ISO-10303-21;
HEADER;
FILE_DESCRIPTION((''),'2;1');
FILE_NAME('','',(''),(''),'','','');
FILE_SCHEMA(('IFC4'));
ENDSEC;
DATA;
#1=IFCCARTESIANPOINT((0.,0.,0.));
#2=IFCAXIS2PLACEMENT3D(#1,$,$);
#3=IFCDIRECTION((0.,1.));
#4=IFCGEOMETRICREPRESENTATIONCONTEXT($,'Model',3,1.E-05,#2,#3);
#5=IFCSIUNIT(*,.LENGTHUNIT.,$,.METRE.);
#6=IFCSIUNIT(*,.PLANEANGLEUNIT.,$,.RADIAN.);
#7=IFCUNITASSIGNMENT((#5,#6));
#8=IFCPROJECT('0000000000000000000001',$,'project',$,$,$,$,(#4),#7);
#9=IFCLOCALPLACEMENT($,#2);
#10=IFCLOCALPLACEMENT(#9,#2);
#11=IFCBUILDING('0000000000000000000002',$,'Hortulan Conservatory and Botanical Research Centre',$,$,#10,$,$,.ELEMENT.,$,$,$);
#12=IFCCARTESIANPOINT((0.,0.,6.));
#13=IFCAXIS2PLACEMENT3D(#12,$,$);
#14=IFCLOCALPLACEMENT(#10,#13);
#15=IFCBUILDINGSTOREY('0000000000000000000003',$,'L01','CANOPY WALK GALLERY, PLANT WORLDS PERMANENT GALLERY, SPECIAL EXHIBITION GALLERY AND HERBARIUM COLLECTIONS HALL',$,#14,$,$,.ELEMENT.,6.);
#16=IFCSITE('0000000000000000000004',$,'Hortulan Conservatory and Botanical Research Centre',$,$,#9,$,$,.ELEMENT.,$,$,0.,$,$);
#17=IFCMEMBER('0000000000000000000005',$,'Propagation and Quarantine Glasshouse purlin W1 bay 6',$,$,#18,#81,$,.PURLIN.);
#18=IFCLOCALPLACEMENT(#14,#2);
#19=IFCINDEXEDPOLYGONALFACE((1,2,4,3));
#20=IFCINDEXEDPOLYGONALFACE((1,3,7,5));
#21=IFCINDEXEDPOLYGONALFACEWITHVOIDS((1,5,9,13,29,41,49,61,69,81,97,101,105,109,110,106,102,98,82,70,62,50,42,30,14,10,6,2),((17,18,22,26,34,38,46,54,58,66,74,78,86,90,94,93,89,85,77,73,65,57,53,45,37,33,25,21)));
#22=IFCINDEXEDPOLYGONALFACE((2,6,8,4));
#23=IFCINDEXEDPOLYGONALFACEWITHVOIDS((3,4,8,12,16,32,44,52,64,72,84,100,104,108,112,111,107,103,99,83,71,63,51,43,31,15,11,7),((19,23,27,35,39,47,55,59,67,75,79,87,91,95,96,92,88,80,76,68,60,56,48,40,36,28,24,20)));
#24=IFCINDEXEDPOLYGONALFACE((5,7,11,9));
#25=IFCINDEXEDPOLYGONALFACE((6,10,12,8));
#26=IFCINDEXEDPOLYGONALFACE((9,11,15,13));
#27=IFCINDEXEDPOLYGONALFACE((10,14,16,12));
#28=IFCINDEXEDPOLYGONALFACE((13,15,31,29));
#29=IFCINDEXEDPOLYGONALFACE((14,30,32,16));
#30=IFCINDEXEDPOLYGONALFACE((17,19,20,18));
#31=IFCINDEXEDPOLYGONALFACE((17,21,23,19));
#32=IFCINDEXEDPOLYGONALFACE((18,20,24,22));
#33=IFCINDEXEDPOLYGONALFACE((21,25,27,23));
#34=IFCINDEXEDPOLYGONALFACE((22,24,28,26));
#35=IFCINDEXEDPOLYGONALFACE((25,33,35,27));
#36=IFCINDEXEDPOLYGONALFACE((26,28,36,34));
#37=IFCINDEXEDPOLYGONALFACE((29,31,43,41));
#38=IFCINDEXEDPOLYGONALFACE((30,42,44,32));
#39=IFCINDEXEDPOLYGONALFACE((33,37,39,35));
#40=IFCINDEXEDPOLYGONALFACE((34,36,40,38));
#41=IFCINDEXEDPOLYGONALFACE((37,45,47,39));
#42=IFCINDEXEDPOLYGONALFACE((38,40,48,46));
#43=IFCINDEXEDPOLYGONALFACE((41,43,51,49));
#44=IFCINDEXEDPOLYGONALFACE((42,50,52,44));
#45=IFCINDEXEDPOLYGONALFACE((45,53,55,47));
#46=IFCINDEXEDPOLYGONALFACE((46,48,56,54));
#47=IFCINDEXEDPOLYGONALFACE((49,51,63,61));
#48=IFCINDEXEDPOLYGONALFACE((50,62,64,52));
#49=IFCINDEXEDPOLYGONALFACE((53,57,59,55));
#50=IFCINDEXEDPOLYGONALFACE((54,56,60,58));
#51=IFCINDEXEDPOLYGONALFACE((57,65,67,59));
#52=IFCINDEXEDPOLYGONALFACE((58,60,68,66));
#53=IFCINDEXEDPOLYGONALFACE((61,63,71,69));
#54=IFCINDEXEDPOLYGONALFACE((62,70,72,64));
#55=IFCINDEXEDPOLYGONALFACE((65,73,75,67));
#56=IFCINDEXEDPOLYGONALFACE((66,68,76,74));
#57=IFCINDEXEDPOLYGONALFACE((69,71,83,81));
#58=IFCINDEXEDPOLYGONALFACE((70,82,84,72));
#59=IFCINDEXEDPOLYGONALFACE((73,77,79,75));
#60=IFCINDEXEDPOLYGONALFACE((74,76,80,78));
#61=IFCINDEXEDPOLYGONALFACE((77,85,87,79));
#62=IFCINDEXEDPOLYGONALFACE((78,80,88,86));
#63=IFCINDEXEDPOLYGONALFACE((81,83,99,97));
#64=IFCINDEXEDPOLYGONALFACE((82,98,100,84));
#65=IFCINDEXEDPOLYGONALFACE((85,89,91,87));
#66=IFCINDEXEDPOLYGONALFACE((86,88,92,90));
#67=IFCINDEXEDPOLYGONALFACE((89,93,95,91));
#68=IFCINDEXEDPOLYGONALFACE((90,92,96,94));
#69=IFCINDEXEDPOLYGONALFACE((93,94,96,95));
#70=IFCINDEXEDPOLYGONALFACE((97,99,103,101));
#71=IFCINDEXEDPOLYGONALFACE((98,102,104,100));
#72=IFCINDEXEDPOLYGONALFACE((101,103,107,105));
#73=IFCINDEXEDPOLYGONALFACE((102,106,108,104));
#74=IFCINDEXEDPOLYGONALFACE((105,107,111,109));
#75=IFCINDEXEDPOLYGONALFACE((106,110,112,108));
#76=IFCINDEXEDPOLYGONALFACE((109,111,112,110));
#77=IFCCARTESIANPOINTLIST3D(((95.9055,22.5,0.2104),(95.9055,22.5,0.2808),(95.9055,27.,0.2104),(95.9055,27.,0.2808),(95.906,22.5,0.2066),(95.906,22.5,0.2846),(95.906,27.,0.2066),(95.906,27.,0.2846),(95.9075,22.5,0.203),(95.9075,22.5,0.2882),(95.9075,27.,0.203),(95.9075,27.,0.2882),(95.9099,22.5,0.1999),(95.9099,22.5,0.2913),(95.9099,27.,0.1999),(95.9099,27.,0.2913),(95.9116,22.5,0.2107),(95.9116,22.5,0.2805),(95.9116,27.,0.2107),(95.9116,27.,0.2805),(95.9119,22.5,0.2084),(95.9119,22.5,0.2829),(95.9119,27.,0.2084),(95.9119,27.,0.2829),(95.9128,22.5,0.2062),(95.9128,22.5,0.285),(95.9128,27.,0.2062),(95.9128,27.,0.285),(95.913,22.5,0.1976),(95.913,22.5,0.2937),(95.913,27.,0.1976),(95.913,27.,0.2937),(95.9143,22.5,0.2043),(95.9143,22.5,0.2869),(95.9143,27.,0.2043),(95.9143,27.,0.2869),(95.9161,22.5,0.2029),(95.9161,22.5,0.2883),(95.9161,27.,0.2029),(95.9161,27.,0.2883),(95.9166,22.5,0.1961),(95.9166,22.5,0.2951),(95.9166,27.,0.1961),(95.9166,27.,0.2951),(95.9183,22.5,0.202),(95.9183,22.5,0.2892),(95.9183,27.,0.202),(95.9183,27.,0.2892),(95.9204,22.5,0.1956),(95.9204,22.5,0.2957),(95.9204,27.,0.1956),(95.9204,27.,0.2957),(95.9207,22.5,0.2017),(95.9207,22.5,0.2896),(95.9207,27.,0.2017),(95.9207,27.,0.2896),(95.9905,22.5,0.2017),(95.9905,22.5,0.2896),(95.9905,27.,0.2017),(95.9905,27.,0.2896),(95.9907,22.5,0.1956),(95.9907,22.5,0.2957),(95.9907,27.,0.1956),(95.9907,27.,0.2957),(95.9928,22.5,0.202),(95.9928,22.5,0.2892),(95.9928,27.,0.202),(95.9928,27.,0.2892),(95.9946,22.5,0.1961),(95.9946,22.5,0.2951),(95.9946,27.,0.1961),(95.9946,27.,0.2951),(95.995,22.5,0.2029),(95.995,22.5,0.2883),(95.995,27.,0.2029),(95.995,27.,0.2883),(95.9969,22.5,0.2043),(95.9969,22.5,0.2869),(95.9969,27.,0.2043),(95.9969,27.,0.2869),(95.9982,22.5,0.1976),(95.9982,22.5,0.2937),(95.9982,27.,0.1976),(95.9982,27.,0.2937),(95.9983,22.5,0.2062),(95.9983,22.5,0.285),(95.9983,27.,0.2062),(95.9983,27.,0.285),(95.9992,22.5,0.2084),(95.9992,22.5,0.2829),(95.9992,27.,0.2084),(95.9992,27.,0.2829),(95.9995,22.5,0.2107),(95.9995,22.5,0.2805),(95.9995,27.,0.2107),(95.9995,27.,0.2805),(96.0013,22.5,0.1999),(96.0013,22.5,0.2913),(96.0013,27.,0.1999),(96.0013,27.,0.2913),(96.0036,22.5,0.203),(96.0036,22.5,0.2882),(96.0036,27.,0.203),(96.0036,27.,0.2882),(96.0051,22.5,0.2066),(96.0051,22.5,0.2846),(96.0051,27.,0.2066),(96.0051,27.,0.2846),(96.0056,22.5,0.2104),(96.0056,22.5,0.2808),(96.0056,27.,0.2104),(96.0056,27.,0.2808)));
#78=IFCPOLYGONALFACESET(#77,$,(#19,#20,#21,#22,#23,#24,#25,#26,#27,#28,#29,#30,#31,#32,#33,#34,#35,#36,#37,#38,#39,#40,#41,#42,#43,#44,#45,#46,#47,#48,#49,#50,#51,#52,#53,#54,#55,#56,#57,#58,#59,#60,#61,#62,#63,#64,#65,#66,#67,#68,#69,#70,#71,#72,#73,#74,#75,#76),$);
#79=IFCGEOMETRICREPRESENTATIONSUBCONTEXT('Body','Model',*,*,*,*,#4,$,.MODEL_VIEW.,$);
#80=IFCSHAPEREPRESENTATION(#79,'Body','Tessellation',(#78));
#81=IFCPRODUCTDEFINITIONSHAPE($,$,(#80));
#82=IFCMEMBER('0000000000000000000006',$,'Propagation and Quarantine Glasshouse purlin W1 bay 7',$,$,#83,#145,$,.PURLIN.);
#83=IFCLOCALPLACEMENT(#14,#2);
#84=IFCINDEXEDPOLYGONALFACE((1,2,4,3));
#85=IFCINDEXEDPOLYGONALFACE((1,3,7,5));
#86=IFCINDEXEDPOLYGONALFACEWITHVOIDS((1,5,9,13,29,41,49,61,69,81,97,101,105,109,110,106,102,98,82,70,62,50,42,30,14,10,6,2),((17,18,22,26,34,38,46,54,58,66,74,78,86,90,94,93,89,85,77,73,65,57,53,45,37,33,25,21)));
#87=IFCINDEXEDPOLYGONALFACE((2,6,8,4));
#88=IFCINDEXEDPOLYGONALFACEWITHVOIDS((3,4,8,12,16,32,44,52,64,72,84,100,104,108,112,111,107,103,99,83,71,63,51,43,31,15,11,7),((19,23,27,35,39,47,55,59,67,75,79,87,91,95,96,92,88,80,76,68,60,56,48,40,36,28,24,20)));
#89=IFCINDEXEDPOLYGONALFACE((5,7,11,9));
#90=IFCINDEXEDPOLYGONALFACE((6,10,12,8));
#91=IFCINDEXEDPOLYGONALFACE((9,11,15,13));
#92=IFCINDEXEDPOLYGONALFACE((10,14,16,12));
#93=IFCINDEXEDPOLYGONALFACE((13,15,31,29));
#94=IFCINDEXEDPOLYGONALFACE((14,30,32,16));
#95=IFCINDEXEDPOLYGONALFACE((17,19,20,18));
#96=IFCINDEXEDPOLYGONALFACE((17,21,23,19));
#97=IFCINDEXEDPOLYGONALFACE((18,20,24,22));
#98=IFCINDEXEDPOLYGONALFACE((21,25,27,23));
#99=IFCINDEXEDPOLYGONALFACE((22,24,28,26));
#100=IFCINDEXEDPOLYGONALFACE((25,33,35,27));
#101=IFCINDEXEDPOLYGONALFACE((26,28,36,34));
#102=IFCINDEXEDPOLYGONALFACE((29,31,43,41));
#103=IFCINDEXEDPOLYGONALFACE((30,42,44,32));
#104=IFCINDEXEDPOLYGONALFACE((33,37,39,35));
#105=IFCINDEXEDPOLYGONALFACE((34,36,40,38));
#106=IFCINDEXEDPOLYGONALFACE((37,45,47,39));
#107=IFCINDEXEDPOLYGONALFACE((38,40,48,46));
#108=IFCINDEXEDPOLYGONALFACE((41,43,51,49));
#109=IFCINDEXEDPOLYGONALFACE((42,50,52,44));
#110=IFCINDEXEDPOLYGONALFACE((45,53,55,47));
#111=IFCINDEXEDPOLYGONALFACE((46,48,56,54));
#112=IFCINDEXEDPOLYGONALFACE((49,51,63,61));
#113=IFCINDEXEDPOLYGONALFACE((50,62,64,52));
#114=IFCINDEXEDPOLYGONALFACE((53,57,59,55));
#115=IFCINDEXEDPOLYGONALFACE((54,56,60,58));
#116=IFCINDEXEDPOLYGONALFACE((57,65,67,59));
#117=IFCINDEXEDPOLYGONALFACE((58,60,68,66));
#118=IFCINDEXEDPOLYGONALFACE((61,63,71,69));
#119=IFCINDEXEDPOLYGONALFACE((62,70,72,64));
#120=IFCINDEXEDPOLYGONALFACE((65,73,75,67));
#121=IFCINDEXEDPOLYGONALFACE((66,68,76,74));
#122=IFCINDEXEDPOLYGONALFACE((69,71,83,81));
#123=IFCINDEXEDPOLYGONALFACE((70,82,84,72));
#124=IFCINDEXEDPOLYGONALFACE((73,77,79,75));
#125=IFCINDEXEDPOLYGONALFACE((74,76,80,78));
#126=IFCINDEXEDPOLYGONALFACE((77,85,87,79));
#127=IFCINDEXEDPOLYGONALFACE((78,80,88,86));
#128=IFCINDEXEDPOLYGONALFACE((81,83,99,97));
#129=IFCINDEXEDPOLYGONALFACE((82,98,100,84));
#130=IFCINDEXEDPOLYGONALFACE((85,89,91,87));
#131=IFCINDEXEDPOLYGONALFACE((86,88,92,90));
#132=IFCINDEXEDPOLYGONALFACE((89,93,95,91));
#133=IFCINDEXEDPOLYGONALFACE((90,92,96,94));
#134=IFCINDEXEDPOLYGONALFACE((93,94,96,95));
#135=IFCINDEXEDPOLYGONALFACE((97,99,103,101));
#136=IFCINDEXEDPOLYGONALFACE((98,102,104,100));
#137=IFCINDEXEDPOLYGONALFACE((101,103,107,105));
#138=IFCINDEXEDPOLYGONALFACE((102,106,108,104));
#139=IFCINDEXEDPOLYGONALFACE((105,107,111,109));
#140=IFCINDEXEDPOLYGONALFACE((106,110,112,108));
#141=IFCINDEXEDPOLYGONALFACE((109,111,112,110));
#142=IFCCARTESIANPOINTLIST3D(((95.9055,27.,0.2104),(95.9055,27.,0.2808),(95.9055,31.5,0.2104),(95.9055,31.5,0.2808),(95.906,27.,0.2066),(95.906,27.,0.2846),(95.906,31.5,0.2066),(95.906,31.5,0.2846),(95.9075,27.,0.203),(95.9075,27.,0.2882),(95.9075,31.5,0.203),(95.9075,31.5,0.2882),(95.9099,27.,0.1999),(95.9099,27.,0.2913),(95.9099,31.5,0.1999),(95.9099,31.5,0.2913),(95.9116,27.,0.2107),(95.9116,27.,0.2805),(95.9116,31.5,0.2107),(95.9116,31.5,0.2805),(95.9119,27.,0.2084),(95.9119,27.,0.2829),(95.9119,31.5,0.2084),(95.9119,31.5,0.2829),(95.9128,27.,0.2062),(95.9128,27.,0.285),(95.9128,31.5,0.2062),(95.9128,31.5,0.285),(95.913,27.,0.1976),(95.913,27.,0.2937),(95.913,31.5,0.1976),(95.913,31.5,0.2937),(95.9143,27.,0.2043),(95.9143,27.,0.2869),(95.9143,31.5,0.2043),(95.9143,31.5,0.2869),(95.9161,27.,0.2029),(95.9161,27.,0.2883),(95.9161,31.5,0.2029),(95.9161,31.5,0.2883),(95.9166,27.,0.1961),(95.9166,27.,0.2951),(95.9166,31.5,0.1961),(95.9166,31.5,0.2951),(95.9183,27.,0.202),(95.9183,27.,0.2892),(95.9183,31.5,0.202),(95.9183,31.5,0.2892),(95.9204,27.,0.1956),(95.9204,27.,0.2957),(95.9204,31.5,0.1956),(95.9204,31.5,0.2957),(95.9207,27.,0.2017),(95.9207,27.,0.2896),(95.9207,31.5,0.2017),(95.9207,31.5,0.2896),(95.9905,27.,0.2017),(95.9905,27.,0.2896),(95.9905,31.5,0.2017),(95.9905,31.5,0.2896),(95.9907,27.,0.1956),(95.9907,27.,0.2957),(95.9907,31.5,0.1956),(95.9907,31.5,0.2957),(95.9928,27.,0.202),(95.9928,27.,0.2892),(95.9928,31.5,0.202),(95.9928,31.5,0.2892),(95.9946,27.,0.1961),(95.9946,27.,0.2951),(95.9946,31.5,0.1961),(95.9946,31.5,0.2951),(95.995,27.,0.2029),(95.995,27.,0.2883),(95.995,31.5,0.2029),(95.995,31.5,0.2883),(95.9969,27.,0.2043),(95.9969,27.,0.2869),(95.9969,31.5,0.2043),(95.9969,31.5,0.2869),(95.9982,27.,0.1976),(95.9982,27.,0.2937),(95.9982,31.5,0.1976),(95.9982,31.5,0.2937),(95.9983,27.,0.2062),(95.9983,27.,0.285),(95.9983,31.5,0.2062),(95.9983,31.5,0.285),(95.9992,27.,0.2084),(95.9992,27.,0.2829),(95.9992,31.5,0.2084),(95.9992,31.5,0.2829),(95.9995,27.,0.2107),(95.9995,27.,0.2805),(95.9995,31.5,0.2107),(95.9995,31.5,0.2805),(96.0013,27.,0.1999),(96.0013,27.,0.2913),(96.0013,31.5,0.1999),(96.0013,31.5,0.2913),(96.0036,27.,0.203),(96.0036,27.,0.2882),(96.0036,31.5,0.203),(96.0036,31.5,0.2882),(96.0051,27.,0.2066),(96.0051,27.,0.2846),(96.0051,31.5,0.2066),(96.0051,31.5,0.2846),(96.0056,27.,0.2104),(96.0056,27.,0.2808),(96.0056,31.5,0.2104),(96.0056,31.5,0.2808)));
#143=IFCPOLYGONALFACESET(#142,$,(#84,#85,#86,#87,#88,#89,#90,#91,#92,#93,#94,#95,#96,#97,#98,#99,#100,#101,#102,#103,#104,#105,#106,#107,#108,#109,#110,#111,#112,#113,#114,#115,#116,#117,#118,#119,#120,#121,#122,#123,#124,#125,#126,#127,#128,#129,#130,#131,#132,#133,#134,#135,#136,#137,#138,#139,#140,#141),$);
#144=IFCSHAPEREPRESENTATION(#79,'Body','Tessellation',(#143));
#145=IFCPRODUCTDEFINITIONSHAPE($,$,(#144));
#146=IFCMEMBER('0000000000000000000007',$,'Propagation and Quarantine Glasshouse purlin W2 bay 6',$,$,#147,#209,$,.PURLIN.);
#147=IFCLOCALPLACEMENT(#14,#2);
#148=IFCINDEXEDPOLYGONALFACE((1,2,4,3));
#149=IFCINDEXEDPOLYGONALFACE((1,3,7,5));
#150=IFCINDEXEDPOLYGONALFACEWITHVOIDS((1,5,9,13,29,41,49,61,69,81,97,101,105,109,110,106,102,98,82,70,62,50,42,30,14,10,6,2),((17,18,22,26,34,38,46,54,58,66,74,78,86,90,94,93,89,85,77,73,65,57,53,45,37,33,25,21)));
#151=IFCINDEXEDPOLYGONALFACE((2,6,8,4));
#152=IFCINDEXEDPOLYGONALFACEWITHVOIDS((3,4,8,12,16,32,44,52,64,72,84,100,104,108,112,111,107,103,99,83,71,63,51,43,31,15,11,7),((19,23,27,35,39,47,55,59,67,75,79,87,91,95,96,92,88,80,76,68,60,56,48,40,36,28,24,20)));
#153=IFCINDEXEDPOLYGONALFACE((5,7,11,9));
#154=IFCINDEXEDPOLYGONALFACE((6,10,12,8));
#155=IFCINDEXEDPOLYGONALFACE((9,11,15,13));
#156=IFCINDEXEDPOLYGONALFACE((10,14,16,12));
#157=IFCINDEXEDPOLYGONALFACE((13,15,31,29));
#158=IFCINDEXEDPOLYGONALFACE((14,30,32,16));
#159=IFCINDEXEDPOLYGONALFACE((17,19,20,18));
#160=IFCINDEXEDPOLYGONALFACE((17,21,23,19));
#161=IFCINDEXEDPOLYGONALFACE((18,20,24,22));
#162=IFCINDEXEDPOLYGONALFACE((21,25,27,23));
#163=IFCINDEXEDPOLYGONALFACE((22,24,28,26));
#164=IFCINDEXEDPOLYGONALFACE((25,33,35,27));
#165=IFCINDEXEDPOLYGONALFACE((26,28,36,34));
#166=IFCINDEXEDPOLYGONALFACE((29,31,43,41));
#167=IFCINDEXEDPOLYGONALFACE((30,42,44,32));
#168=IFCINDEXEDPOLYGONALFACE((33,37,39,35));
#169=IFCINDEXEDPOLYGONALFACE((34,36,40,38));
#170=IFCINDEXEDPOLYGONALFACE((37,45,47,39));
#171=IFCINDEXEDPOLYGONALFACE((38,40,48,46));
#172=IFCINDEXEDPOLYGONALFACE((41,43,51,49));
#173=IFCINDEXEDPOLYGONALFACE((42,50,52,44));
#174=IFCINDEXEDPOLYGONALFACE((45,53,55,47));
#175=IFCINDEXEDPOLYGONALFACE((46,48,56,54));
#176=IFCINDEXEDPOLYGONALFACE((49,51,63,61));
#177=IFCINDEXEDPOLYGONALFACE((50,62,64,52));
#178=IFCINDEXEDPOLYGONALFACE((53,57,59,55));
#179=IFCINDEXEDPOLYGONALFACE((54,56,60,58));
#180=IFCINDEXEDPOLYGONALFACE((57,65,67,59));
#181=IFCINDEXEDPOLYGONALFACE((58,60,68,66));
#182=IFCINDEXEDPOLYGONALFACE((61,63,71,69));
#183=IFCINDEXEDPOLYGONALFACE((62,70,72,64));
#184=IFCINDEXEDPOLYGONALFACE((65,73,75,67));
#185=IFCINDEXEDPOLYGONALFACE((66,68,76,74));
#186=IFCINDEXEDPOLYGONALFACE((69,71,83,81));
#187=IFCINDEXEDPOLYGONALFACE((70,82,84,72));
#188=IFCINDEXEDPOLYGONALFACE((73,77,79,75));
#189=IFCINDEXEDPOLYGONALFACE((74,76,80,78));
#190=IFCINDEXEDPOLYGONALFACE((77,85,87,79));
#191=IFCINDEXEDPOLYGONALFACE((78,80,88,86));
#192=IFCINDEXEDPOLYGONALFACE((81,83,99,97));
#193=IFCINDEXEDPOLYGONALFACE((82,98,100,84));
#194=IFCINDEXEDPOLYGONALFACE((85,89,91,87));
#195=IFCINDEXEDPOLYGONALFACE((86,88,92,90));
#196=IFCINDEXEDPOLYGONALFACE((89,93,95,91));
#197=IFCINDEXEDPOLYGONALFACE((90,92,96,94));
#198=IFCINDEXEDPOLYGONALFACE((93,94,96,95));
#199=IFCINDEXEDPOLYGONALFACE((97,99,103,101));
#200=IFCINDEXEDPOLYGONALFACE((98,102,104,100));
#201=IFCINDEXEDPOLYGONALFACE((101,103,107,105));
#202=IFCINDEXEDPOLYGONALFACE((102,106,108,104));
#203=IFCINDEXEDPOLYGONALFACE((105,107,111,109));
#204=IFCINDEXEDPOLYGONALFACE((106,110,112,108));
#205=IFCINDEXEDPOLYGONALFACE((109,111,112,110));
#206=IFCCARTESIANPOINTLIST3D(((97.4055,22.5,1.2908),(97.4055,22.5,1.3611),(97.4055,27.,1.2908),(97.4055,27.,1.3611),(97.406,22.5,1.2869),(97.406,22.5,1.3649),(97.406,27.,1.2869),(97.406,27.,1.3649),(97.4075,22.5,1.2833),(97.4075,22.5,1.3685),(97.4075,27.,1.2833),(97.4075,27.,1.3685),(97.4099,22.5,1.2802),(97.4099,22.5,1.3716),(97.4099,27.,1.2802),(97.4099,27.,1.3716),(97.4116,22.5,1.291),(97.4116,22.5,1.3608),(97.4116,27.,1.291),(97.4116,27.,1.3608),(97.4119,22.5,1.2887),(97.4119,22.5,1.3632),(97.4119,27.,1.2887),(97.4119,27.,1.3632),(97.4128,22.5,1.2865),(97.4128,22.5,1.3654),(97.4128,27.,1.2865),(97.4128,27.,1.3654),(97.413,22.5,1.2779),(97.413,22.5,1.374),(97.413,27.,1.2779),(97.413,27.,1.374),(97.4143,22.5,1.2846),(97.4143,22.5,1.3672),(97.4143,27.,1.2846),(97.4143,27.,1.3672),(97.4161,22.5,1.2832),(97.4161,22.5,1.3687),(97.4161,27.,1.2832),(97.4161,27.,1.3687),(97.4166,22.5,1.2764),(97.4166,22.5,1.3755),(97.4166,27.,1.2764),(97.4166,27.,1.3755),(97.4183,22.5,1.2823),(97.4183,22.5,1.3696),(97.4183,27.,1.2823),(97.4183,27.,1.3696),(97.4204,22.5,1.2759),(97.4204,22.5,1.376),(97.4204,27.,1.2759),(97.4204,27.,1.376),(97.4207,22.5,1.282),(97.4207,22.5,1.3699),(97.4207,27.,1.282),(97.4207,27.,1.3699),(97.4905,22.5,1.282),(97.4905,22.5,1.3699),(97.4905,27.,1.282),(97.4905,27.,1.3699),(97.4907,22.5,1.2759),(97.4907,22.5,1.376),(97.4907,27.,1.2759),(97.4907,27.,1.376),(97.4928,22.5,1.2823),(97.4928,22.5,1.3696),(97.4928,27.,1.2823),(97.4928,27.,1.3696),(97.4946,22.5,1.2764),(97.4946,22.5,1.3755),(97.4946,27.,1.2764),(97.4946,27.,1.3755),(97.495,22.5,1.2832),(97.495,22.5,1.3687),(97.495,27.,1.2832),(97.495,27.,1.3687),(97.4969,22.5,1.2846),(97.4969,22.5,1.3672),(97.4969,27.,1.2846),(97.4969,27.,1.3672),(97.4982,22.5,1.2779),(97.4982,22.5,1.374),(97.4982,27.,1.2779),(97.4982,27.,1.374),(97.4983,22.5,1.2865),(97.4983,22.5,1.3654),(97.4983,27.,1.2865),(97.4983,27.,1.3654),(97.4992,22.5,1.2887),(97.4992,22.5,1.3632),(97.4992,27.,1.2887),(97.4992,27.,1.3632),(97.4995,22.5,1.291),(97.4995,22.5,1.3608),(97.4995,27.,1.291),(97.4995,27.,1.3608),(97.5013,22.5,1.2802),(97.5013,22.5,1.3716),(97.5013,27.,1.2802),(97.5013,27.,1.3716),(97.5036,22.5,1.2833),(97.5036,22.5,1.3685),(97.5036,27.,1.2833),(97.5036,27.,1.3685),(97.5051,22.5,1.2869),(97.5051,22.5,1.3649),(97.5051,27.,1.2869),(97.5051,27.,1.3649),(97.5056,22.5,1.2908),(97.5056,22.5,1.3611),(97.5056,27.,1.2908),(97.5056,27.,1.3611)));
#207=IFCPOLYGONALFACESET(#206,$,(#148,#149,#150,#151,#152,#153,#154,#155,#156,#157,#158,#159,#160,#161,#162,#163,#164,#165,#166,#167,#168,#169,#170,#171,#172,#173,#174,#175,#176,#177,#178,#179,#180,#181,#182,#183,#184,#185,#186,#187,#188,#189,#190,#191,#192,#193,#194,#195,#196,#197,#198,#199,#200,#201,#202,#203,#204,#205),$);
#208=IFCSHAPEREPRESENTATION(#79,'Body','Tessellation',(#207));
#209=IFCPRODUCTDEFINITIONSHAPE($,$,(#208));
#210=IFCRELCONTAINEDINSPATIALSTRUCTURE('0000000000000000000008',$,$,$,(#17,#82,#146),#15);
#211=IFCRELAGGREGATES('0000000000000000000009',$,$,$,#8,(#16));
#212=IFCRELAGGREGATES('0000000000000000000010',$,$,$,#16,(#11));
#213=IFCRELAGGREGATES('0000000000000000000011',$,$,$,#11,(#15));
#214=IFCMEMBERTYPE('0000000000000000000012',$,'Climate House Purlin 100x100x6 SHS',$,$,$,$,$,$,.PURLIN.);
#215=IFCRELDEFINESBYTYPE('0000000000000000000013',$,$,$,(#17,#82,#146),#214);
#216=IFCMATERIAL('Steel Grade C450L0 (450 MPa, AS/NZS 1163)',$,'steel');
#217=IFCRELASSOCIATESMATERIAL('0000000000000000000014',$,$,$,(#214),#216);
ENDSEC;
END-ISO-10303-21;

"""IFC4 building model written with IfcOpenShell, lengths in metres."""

from ifc_helpers import new_model, si_unit, direction, frame, origin, origin_2d, place, context, subcontext, project, spatial, hollow_rectangle, extrude, material, material_profile, profile_set, type_object, element, save


model = new_model("IFC4")

# Units and contexts
model_context = context("Model", 3, precision=1e-05, world=origin(), true_north=direction((0.0, 1.0)))
body_context = subcontext(model_context, "Body", "Model", "MODEL_VIEW")
ifc_project = project(units=[si_unit("LENGTHUNIT", "METRE"), si_unit("PLANEANGLEUNIT", "RADIAN")], contexts=[model_context])

# Site, building, storey
site_placement = place(None, origin())
site = spatial("IfcSite", under=ifc_project, at=site_placement, Name="Hortulan Conservatory and Botanical Research Centre", CompositionType="ELEMENT", RefElevation=0.0)
building_placement = place(site_placement, origin())
building = spatial("IfcBuilding", under=site, at=building_placement, Name="Hortulan Conservatory and Botanical Research Centre", CompositionType="ELEMENT")
storey_placement = place(building_placement, frame((0.0, 0.0, 6.0)))
storey = spatial("IfcBuildingStorey", under=building, at=storey_placement, Name="L01", Description="CANOPY WALK GALLERY, PLANT WORLDS PERMANENT GALLERY, SPECIAL EXHIBITION GALLERY AND HERBARIUM COLLECTIONS HALL", CompositionType="ELEMENT", Elevation=6.0)

# Members
ifc_material_1 = material(Name="Steel Grade C450L0 (450 MPa, AS/NZS 1163)", Category="steel")
ifc_material_profile_1 = material_profile(ifc_material_1, hollow_rectangle(XDim=0.1001, YDim=0.1001, WallThickness=0.0061, InnerFilletRadius=0.009, OuterFilletRadius=0.0149, at=origin_2d()), Name="100x100x6SHS")
ifc_profile_set_1 = profile_set([ifc_material_profile_1], Name="Steel Grade C450L0 (450 MPa, AS/NZS 1163)")
member_type_1 = type_object("IfcMemberType", Name="Climate House Purlin 100x100x6 SHS", PredefinedType="PURLIN", material=ifc_profile_set_1)
for number, where, z_axis, x_axis, name in (
    (1, (95.9556, 22.5, 0.2456), (0.0, 1.0, 0.0), (-1.0, 0.0, 0.0), "Propagation and Quarantine Glasshouse purlin W1 bay 6"),
    (2, (95.9556, 27.0, 0.2456), (0.0, 1.0, 0.0), (-1.0, 0.0, 0.0), "Propagation and Quarantine Glasshouse purlin W1 bay 7"),
    (3, (97.4556, 22.5, 1.3259), (0.0, 1.0, 0.0), (-1.0, 0.0, 0.0), "Propagation and Quarantine Glasshouse purlin W2 bay 6"),
):
    element("IfcMember", number, at=place(storey_placement, frame(where, z_axis=z_axis, x_axis=x_axis)), inside=storey, type_object=member_type_1, Name=name, PredefinedType="PURLIN", context=body_context, shape_type="SweptSolid", body=[
        extrude(hollow_rectangle(XDim=0.1001, YDim=0.1001, WallThickness=0.0061, InnerFilletRadius=0.009, OuterFilletRadius=0.0149, at=origin_2d()), origin(), (0.0, 0.0, 1.0), 4.5),
    ])

save(model, "model.ifc")
